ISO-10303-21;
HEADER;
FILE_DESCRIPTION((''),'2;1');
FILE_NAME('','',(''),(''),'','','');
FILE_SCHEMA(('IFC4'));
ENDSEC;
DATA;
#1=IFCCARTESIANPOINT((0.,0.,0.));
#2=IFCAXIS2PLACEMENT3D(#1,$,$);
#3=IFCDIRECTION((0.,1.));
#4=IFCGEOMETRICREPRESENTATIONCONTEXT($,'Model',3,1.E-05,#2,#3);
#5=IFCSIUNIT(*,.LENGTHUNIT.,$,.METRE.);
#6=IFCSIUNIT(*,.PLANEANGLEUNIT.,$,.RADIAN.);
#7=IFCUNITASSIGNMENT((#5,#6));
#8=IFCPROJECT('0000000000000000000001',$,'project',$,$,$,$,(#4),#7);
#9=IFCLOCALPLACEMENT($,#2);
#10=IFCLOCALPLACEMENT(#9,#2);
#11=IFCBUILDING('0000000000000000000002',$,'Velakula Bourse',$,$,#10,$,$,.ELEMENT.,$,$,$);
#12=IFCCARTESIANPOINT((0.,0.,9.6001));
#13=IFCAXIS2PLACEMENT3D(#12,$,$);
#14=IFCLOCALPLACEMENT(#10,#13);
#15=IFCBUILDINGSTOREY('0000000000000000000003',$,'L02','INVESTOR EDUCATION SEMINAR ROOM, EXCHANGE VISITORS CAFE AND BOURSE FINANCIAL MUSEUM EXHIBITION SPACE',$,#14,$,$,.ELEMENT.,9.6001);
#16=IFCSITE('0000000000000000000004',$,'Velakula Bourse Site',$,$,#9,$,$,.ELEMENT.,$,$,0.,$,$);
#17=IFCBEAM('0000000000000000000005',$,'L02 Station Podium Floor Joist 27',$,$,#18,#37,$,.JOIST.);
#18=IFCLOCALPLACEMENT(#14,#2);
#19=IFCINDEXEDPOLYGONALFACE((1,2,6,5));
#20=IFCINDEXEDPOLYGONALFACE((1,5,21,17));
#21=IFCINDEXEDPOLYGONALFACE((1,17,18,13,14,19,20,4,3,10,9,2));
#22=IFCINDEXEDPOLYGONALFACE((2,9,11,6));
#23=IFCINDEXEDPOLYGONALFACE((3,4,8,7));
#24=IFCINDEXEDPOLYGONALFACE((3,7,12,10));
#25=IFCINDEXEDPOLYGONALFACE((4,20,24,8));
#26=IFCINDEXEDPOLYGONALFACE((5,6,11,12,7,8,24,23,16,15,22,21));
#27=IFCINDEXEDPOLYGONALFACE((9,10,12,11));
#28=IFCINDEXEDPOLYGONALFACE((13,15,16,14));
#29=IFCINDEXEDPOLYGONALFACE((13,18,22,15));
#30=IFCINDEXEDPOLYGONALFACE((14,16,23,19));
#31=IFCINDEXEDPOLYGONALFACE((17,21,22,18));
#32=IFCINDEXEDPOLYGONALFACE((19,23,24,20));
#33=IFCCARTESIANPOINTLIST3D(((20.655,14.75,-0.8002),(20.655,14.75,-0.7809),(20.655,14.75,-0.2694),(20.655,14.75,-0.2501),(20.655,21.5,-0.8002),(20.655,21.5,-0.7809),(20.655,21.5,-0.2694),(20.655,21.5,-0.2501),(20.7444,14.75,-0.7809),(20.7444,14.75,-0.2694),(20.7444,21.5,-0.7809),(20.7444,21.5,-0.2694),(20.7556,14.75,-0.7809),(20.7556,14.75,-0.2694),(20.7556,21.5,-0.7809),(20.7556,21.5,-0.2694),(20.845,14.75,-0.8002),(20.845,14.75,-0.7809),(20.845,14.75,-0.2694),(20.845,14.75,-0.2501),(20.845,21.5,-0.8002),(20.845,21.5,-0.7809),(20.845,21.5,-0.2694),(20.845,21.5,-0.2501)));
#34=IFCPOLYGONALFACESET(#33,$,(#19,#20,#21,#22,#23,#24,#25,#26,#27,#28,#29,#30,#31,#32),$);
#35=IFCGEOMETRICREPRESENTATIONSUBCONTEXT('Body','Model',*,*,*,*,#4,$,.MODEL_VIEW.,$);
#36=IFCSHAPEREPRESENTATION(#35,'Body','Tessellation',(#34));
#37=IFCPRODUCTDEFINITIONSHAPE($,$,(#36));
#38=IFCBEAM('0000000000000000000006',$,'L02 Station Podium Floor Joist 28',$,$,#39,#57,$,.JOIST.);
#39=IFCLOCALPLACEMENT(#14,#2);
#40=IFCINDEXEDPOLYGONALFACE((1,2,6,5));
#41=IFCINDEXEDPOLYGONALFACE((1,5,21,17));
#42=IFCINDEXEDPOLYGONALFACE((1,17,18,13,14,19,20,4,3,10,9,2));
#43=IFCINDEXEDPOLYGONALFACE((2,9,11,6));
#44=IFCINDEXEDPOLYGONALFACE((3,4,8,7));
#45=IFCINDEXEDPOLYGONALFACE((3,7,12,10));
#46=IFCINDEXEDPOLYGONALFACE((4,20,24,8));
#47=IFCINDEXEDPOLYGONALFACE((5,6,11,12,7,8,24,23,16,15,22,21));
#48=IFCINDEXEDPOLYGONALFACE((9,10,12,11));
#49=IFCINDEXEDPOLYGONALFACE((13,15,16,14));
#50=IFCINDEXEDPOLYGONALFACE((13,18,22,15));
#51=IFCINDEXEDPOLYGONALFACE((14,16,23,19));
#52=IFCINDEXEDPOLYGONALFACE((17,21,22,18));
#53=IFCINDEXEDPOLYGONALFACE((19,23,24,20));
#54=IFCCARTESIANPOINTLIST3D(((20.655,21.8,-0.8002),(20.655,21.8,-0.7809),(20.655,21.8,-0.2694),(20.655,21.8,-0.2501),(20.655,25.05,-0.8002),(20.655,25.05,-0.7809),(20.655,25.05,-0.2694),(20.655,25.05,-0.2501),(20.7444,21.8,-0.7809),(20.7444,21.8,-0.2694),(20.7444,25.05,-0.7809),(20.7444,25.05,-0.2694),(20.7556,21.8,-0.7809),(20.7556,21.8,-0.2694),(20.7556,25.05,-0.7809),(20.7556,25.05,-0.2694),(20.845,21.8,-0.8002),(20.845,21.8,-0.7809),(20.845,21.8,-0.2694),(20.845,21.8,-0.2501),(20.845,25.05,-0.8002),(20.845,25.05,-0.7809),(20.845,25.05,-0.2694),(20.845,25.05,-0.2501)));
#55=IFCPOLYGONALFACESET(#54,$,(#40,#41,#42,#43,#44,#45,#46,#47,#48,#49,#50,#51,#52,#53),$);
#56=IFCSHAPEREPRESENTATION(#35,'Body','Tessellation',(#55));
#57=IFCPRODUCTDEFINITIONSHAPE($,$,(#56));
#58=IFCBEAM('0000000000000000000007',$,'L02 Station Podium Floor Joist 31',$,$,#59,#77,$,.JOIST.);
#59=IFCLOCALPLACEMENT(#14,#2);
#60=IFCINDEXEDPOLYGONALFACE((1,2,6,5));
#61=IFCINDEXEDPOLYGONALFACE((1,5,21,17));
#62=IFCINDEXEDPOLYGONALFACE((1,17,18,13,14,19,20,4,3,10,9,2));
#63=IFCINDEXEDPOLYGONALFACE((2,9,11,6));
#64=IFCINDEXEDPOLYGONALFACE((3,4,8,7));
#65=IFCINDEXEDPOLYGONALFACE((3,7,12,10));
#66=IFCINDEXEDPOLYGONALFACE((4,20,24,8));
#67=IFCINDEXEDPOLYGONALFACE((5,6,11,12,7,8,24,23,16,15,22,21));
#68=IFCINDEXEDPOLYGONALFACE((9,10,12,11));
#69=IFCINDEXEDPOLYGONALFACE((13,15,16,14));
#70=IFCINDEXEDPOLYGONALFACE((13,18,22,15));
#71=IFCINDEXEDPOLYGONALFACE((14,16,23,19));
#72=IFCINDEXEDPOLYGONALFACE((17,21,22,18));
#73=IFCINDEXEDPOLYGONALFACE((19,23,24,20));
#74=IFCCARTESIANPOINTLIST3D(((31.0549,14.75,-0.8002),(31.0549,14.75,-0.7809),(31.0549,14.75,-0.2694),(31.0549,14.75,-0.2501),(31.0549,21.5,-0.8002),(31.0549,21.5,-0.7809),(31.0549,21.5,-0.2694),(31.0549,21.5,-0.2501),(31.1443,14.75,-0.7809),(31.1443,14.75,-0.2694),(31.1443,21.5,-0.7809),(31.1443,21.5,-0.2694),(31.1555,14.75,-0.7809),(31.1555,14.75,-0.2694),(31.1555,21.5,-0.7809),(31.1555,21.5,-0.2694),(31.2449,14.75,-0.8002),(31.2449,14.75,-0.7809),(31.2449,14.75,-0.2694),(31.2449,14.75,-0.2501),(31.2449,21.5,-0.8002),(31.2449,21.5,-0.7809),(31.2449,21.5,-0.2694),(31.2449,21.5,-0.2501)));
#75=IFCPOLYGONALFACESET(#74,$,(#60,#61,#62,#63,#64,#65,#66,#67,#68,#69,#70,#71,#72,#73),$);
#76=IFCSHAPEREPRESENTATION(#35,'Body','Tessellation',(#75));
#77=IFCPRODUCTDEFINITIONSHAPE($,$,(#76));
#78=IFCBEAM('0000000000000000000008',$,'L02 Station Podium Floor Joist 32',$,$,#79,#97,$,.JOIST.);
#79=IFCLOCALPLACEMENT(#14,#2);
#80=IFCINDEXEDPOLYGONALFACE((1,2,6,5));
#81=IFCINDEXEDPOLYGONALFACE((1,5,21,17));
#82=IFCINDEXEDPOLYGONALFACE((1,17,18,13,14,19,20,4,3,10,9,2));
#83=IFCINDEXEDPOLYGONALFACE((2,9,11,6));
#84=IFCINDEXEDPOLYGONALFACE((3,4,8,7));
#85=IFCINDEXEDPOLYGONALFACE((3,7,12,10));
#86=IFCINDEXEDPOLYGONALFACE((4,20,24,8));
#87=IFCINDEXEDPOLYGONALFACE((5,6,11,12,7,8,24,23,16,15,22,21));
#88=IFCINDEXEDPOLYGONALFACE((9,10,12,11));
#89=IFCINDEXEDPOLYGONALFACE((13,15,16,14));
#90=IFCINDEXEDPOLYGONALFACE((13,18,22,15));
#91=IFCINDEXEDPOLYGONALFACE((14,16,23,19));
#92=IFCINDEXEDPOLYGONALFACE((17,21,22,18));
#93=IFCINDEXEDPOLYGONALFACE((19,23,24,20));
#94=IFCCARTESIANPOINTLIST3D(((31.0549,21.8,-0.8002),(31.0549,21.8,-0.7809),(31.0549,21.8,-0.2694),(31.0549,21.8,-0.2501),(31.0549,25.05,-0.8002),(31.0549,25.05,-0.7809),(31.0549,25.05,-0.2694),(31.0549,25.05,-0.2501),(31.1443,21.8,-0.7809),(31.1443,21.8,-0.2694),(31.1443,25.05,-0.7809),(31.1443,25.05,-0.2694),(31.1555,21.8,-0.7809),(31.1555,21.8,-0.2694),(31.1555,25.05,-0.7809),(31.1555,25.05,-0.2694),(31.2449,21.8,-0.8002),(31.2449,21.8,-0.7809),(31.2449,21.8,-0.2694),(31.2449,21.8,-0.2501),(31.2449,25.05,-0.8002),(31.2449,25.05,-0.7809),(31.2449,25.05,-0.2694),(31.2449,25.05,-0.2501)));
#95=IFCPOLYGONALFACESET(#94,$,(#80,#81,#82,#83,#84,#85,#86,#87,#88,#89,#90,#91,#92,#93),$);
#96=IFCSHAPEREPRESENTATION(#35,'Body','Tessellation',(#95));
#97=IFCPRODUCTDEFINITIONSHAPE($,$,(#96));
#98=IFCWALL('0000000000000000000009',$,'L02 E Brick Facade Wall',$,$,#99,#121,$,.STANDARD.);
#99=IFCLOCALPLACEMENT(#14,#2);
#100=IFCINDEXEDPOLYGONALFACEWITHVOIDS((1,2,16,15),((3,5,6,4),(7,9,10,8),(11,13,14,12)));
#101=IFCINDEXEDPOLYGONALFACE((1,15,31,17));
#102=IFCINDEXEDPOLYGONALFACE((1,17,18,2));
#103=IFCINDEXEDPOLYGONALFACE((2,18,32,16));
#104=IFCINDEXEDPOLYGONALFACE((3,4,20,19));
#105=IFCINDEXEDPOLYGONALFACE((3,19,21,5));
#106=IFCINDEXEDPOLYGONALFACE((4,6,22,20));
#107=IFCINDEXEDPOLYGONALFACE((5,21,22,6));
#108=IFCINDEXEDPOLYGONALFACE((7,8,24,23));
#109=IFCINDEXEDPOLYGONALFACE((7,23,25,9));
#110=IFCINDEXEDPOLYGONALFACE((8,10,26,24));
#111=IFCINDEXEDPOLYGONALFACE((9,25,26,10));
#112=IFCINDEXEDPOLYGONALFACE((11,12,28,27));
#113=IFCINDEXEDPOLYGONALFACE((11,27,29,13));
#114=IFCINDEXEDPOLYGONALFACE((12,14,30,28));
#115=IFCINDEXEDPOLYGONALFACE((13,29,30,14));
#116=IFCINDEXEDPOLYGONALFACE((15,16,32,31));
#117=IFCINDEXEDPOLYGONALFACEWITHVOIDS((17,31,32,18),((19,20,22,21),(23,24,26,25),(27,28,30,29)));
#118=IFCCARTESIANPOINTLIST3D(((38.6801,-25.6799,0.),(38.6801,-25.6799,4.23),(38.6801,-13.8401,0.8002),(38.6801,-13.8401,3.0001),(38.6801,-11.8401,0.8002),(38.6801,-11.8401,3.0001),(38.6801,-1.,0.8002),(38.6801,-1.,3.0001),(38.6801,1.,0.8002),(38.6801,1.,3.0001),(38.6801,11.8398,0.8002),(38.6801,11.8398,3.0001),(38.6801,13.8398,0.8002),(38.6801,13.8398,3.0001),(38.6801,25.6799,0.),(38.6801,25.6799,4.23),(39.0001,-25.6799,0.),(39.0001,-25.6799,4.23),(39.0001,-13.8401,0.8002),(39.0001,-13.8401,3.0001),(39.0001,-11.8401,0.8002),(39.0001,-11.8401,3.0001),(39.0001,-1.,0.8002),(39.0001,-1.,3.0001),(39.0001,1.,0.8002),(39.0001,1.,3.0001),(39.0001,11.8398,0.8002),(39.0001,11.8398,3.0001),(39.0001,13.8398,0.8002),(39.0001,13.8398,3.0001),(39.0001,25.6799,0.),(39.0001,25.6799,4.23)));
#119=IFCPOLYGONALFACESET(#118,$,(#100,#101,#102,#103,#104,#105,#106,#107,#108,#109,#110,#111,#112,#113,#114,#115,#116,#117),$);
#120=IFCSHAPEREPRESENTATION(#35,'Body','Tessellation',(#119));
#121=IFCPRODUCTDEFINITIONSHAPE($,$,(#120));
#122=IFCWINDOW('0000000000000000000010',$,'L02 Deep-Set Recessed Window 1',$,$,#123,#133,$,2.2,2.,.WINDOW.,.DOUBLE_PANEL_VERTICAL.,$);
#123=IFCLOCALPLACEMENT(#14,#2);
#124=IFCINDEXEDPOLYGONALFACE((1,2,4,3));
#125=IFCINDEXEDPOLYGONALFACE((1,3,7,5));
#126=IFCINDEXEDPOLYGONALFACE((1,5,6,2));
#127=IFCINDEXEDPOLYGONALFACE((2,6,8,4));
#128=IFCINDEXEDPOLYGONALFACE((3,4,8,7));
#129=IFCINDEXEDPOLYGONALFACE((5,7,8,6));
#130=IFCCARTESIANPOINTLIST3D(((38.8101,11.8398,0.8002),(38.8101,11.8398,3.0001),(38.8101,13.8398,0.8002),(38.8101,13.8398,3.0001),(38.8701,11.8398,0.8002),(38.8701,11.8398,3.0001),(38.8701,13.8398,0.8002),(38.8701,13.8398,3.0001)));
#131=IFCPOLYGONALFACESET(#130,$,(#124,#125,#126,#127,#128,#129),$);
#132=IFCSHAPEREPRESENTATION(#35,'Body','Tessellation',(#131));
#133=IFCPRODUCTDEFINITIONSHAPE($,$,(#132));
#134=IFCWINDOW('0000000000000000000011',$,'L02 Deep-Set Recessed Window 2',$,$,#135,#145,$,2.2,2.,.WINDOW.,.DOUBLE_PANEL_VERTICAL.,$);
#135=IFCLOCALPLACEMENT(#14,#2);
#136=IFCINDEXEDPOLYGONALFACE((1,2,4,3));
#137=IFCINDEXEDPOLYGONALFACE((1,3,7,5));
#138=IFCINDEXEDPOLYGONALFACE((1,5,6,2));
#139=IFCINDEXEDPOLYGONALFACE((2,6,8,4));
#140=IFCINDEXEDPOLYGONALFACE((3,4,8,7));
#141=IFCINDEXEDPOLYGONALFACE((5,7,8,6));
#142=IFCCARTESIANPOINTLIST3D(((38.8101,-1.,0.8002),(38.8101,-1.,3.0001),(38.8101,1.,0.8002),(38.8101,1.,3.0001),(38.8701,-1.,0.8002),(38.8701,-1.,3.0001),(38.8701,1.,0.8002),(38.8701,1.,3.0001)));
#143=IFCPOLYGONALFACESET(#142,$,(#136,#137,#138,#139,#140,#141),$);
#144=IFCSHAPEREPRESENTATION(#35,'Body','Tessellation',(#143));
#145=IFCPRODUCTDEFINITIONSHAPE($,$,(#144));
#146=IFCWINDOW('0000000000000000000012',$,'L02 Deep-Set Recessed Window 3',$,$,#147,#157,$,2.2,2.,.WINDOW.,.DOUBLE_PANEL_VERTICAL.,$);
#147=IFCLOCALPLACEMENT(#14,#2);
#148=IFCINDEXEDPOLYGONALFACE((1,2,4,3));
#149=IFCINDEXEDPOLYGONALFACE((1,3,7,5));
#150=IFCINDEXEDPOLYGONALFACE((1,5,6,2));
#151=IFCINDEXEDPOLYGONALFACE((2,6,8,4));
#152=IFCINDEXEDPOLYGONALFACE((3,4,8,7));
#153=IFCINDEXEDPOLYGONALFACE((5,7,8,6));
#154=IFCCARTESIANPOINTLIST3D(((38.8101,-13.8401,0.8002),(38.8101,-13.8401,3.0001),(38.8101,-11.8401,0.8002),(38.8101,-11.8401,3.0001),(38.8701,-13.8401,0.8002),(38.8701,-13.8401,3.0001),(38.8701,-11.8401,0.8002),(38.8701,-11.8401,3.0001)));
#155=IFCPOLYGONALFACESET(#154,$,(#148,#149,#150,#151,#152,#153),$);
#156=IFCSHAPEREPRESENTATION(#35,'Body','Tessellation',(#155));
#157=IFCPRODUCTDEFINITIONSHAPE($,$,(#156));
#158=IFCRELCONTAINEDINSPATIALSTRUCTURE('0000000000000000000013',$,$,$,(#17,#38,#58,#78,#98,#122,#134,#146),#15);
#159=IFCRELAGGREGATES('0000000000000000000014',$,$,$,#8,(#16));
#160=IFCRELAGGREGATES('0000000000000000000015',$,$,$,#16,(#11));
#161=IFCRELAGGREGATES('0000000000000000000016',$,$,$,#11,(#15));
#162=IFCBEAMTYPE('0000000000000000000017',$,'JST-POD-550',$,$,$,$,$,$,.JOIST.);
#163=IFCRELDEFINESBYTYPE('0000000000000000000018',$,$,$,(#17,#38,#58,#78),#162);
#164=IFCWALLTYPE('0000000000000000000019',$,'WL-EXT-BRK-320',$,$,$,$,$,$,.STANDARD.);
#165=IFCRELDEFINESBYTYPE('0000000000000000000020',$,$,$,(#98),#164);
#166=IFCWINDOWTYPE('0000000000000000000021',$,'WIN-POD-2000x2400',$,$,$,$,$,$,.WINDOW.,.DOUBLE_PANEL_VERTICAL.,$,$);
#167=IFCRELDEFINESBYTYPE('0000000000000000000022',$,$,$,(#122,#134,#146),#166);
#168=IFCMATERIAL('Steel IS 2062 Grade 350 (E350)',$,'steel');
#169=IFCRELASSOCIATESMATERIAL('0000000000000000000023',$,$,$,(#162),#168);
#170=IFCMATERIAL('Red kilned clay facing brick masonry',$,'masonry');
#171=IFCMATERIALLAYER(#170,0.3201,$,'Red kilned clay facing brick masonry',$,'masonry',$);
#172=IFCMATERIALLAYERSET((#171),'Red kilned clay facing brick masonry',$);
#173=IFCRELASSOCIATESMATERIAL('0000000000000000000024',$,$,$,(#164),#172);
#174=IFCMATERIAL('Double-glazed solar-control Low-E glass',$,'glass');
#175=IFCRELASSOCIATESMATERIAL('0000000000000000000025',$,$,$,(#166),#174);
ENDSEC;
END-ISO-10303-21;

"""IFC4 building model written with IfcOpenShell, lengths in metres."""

from ifc_helpers import new_model, si_unit, direction, frame, frame_2d, origin, origin_2d, place, context, subcontext, project, spatial, rectangle, i_section, extrude, material, layer, layer_set, material_profile, profile_set, type_object, element, fill, save


model = new_model("IFC4")

# Units and contexts
model_context = context("Model", 3, precision=1e-05, world=origin(), true_north=direction((0.0, 1.0)))
body_context = subcontext(model_context, "Body", "Model", "MODEL_VIEW")
ifc_project = project(units=[si_unit("LENGTHUNIT", "METRE"), si_unit("PLANEANGLEUNIT", "RADIAN")], contexts=[model_context])

# Site, building, storey
site_placement = place(None, origin())
site = spatial("IfcSite", under=ifc_project, at=site_placement, Name="Velakula Bourse Site", CompositionType="ELEMENT", RefElevation=0.0)
building_placement = place(site_placement, origin())
building = spatial("IfcBuilding", under=site, at=building_placement, Name="Velakula Bourse", CompositionType="ELEMENT")
storey_placement = place(building_placement, frame((0.0, 0.0, 9.6001)))
storey = spatial("IfcBuildingStorey", under=building, at=storey_placement, Name="L02", Description="INVESTOR EDUCATION SEMINAR ROOM, EXCHANGE VISITORS CAFE AND BOURSE FINANCIAL MUSEUM EXHIBITION SPACE", CompositionType="ELEMENT", Elevation=9.6001)

# Beams
ifc_material_1 = material(Name="Steel IS 2062 Grade 350 (E350)", Category="steel")
ifc_material_profile_1 = material_profile(ifc_material_1, i_section(OverallWidth=0.1899, OverallDepth=0.55, WebThickness=0.0112, FlangeThickness=0.0193, at=origin_2d()), Name="Steel IS 2062 Grade 350 (E350)")
ifc_profile_set_1 = profile_set([ifc_material_profile_1], Name="Steel IS 2062 Grade 350 (E350)")
beam_type_1 = type_object("IfcBeamType", Name="JST-POD-550", PredefinedType="JOIST", material=ifc_profile_set_1)
beam_1_placement = place(storey_placement, frame((20.75, 14.75, -0.5251), z_axis=(0.0, 1.0, 0.0), x_axis=(-1.0, 0.0, 0.0)))
element("IfcBeam", 1, at=beam_1_placement, inside=storey, type_object=beam_type_1, Name="L02 Station Podium Floor Joist 27", PredefinedType="JOIST", context=body_context, shape_type="SweptSolid", body=[
    extrude(i_section(OverallWidth=0.1899, OverallDepth=0.55, WebThickness=0.0112, FlangeThickness=0.0193, at=origin_2d()), origin(), (0.0, 0.0, 1.0), 6.75),
])
beam_2_placement = place(storey_placement, frame((20.75, 21.8, -0.5251), z_axis=(0.0, 1.0, 0.0), x_axis=(-1.0, 0.0, 0.0)))
element("IfcBeam", 2, at=beam_2_placement, inside=storey, type_object=beam_type_1, Name="L02 Station Podium Floor Joist 28", PredefinedType="JOIST", context=body_context, shape_type="SweptSolid", body=[
    extrude(i_section(OverallWidth=0.1899, OverallDepth=0.55, WebThickness=0.0112, FlangeThickness=0.0193, at=origin_2d()), origin(), (0.0, 0.0, 1.0), 3.25),
])
beam_3_placement = place(storey_placement, frame((31.1499, 14.75, -0.5251), z_axis=(0.0, 1.0, 0.0), x_axis=(-1.0, 0.0, 0.0)))
element("IfcBeam", 3, at=beam_3_placement, inside=storey, type_object=beam_type_1, Name="L02 Station Podium Floor Joist 31", PredefinedType="JOIST", context=body_context, shape_type="SweptSolid", body=[
    extrude(i_section(OverallWidth=0.1899, OverallDepth=0.55, WebThickness=0.0112, FlangeThickness=0.0193, at=origin_2d()), origin(), (0.0, 0.0, 1.0), 6.75),
])
beam_4_placement = place(storey_placement, frame((31.1499, 21.8, -0.5251), z_axis=(0.0, 1.0, 0.0), x_axis=(-1.0, 0.0, 0.0)))
element("IfcBeam", 4, at=beam_4_placement, inside=storey, type_object=beam_type_1, Name="L02 Station Podium Floor Joist 32", PredefinedType="JOIST", context=body_context, shape_type="SweptSolid", body=[
    extrude(i_section(OverallWidth=0.1899, OverallDepth=0.55, WebThickness=0.0112, FlangeThickness=0.0193, at=origin_2d()), origin(), (0.0, 0.0, 1.0), 3.25),
])

# Wall, openings, windows
ifc_material_2 = material(Name="Red kilned clay facing brick masonry", Category="masonry")
ifc_layer = layer(ifc_material_2, 0.3201, Name="Red kilned clay facing brick masonry", Category="masonry")
ifc_layer_set = layer_set([ifc_layer], Name="Red kilned clay facing brick masonry")
wall_type = type_object("IfcWallType", Name="WL-EXT-BRK-320", PredefinedType="STANDARD", material=ifc_layer_set)
wall_placement = place(storey_placement, frame((38.8401, 25.6799, 0.0), z_axis=(0.0, 0.0, 1.0), x_axis=(0.0, -1.0, 0.0)))
wall = element("IfcWall", 5, at=wall_placement, inside=storey, type_object=wall_type, Name="L02 E Brick Facade Wall", PredefinedType="STANDARD", context=body_context, shape_type="SweptSolid", body=[
    extrude(rectangle(XDim=51.3599, YDim=0.3201, at=frame_2d((25.6799, 0.0))), origin(), (0.0, 0.0, 1.0), 4.23),
])
opening_1_placement = place(wall_placement, frame((11.8401, 0.0, 0.8)))
opening_1 = element("IfcOpeningElement", 6, at=opening_1_placement, cuts=wall, PredefinedType="OPENING", context=body_context, shape_type="SweptSolid", body=[
    extrude(rectangle(XDim=2.0, YDim=2.2, at=frame_2d((1.0, 1.1001))), frame((0.0, 0.1699, 0.0), z_axis=(0.0, -1.0, 0.0), x_axis=(1.0, 0.0, 0.0)), (0.0, 0.0, 1.0), 0.3401),
])
opening_2_placement = place(wall_placement, frame((24.6799, 0.0, 0.8)))
opening_2 = element("IfcOpeningElement", 7, at=opening_2_placement, cuts=wall, PredefinedType="OPENING", context=body_context, shape_type="SweptSolid", body=[
    extrude(rectangle(XDim=2.0, YDim=2.2, at=frame_2d((1.0, 1.1001))), frame((0.0, 0.1699, 0.0), z_axis=(0.0, -1.0, 0.0), x_axis=(1.0, 0.0, 0.0)), (0.0, 0.0, 1.0), 0.3401),
])
opening_3_placement = place(wall_placement, frame((37.52, 0.0, 0.8)))
opening_3 = element("IfcOpeningElement", 8, at=opening_3_placement, cuts=wall, PredefinedType="OPENING", context=body_context, shape_type="SweptSolid", body=[
    extrude(rectangle(XDim=2.0, YDim=2.2, at=frame_2d((1.0, 1.1001))), frame((0.0, 0.1699, 0.0), z_axis=(0.0, -1.0, 0.0), x_axis=(1.0, 0.0, 0.0)), (0.0, 0.0, 1.0), 0.3401),
])
ifc_material_3 = material(Name="Double-glazed solar-control Low-E glass", Category="glass")
window_type = type_object("IfcWindowType", Name="WIN-POD-2000x2400", PartitioningType="DOUBLE_PANEL_VERTICAL", PredefinedType="WINDOW", material=ifc_material_3)
window_1_placement = place(opening_1_placement, origin())
window_1 = element("IfcWindow", 9, at=window_1_placement, inside=storey, type_object=window_type, Name="L02 Deep-Set Recessed Window 1", OverallHeight=2.2, OverallWidth=2.0, PartitioningType="DOUBLE_PANEL_VERTICAL", PredefinedType="WINDOW", context=body_context, shape_type="SweptSolid", body=[
    extrude(rectangle(XDim=2.0, YDim=2.2, at=frame_2d((1.0, 1.1001))), frame((0.0, 0.03, 0.0), z_axis=(0.0, -1.0, 0.0), x_axis=(1.0, 0.0, 0.0)), (0.0, 0.0, 1.0), 0.0601),
])
fill(opening_1, window_1)
window_2_placement = place(opening_2_placement, origin())
window_2 = element("IfcWindow", 10, at=window_2_placement, inside=storey, type_object=window_type, Name="L02 Deep-Set Recessed Window 2", OverallHeight=2.2, OverallWidth=2.0, PartitioningType="DOUBLE_PANEL_VERTICAL", PredefinedType="WINDOW", context=body_context, shape_type="SweptSolid", body=[
    extrude(rectangle(XDim=2.0, YDim=2.2, at=frame_2d((1.0, 1.1001))), frame((0.0, 0.03, 0.0), z_axis=(0.0, -1.0, 0.0), x_axis=(1.0, 0.0, 0.0)), (0.0, 0.0, 1.0), 0.0601),
])
fill(opening_2, window_2)
window_3_placement = place(opening_3_placement, origin())
window_3 = element("IfcWindow", 11, at=window_3_placement, inside=storey, type_object=window_type, Name="L02 Deep-Set Recessed Window 3", OverallHeight=2.2, OverallWidth=2.0, PartitioningType="DOUBLE_PANEL_VERTICAL", PredefinedType="WINDOW", context=body_context, shape_type="SweptSolid", body=[
    extrude(rectangle(XDim=2.0, YDim=2.2, at=frame_2d((1.0, 1.1001))), frame((0.0, 0.03, 0.0), z_axis=(0.0, -1.0, 0.0), x_axis=(1.0, 0.0, 0.0)), (0.0, 0.0, 1.0), 0.0601),
])
fill(opening_3, window_3)

save(model, "model.ifc")
